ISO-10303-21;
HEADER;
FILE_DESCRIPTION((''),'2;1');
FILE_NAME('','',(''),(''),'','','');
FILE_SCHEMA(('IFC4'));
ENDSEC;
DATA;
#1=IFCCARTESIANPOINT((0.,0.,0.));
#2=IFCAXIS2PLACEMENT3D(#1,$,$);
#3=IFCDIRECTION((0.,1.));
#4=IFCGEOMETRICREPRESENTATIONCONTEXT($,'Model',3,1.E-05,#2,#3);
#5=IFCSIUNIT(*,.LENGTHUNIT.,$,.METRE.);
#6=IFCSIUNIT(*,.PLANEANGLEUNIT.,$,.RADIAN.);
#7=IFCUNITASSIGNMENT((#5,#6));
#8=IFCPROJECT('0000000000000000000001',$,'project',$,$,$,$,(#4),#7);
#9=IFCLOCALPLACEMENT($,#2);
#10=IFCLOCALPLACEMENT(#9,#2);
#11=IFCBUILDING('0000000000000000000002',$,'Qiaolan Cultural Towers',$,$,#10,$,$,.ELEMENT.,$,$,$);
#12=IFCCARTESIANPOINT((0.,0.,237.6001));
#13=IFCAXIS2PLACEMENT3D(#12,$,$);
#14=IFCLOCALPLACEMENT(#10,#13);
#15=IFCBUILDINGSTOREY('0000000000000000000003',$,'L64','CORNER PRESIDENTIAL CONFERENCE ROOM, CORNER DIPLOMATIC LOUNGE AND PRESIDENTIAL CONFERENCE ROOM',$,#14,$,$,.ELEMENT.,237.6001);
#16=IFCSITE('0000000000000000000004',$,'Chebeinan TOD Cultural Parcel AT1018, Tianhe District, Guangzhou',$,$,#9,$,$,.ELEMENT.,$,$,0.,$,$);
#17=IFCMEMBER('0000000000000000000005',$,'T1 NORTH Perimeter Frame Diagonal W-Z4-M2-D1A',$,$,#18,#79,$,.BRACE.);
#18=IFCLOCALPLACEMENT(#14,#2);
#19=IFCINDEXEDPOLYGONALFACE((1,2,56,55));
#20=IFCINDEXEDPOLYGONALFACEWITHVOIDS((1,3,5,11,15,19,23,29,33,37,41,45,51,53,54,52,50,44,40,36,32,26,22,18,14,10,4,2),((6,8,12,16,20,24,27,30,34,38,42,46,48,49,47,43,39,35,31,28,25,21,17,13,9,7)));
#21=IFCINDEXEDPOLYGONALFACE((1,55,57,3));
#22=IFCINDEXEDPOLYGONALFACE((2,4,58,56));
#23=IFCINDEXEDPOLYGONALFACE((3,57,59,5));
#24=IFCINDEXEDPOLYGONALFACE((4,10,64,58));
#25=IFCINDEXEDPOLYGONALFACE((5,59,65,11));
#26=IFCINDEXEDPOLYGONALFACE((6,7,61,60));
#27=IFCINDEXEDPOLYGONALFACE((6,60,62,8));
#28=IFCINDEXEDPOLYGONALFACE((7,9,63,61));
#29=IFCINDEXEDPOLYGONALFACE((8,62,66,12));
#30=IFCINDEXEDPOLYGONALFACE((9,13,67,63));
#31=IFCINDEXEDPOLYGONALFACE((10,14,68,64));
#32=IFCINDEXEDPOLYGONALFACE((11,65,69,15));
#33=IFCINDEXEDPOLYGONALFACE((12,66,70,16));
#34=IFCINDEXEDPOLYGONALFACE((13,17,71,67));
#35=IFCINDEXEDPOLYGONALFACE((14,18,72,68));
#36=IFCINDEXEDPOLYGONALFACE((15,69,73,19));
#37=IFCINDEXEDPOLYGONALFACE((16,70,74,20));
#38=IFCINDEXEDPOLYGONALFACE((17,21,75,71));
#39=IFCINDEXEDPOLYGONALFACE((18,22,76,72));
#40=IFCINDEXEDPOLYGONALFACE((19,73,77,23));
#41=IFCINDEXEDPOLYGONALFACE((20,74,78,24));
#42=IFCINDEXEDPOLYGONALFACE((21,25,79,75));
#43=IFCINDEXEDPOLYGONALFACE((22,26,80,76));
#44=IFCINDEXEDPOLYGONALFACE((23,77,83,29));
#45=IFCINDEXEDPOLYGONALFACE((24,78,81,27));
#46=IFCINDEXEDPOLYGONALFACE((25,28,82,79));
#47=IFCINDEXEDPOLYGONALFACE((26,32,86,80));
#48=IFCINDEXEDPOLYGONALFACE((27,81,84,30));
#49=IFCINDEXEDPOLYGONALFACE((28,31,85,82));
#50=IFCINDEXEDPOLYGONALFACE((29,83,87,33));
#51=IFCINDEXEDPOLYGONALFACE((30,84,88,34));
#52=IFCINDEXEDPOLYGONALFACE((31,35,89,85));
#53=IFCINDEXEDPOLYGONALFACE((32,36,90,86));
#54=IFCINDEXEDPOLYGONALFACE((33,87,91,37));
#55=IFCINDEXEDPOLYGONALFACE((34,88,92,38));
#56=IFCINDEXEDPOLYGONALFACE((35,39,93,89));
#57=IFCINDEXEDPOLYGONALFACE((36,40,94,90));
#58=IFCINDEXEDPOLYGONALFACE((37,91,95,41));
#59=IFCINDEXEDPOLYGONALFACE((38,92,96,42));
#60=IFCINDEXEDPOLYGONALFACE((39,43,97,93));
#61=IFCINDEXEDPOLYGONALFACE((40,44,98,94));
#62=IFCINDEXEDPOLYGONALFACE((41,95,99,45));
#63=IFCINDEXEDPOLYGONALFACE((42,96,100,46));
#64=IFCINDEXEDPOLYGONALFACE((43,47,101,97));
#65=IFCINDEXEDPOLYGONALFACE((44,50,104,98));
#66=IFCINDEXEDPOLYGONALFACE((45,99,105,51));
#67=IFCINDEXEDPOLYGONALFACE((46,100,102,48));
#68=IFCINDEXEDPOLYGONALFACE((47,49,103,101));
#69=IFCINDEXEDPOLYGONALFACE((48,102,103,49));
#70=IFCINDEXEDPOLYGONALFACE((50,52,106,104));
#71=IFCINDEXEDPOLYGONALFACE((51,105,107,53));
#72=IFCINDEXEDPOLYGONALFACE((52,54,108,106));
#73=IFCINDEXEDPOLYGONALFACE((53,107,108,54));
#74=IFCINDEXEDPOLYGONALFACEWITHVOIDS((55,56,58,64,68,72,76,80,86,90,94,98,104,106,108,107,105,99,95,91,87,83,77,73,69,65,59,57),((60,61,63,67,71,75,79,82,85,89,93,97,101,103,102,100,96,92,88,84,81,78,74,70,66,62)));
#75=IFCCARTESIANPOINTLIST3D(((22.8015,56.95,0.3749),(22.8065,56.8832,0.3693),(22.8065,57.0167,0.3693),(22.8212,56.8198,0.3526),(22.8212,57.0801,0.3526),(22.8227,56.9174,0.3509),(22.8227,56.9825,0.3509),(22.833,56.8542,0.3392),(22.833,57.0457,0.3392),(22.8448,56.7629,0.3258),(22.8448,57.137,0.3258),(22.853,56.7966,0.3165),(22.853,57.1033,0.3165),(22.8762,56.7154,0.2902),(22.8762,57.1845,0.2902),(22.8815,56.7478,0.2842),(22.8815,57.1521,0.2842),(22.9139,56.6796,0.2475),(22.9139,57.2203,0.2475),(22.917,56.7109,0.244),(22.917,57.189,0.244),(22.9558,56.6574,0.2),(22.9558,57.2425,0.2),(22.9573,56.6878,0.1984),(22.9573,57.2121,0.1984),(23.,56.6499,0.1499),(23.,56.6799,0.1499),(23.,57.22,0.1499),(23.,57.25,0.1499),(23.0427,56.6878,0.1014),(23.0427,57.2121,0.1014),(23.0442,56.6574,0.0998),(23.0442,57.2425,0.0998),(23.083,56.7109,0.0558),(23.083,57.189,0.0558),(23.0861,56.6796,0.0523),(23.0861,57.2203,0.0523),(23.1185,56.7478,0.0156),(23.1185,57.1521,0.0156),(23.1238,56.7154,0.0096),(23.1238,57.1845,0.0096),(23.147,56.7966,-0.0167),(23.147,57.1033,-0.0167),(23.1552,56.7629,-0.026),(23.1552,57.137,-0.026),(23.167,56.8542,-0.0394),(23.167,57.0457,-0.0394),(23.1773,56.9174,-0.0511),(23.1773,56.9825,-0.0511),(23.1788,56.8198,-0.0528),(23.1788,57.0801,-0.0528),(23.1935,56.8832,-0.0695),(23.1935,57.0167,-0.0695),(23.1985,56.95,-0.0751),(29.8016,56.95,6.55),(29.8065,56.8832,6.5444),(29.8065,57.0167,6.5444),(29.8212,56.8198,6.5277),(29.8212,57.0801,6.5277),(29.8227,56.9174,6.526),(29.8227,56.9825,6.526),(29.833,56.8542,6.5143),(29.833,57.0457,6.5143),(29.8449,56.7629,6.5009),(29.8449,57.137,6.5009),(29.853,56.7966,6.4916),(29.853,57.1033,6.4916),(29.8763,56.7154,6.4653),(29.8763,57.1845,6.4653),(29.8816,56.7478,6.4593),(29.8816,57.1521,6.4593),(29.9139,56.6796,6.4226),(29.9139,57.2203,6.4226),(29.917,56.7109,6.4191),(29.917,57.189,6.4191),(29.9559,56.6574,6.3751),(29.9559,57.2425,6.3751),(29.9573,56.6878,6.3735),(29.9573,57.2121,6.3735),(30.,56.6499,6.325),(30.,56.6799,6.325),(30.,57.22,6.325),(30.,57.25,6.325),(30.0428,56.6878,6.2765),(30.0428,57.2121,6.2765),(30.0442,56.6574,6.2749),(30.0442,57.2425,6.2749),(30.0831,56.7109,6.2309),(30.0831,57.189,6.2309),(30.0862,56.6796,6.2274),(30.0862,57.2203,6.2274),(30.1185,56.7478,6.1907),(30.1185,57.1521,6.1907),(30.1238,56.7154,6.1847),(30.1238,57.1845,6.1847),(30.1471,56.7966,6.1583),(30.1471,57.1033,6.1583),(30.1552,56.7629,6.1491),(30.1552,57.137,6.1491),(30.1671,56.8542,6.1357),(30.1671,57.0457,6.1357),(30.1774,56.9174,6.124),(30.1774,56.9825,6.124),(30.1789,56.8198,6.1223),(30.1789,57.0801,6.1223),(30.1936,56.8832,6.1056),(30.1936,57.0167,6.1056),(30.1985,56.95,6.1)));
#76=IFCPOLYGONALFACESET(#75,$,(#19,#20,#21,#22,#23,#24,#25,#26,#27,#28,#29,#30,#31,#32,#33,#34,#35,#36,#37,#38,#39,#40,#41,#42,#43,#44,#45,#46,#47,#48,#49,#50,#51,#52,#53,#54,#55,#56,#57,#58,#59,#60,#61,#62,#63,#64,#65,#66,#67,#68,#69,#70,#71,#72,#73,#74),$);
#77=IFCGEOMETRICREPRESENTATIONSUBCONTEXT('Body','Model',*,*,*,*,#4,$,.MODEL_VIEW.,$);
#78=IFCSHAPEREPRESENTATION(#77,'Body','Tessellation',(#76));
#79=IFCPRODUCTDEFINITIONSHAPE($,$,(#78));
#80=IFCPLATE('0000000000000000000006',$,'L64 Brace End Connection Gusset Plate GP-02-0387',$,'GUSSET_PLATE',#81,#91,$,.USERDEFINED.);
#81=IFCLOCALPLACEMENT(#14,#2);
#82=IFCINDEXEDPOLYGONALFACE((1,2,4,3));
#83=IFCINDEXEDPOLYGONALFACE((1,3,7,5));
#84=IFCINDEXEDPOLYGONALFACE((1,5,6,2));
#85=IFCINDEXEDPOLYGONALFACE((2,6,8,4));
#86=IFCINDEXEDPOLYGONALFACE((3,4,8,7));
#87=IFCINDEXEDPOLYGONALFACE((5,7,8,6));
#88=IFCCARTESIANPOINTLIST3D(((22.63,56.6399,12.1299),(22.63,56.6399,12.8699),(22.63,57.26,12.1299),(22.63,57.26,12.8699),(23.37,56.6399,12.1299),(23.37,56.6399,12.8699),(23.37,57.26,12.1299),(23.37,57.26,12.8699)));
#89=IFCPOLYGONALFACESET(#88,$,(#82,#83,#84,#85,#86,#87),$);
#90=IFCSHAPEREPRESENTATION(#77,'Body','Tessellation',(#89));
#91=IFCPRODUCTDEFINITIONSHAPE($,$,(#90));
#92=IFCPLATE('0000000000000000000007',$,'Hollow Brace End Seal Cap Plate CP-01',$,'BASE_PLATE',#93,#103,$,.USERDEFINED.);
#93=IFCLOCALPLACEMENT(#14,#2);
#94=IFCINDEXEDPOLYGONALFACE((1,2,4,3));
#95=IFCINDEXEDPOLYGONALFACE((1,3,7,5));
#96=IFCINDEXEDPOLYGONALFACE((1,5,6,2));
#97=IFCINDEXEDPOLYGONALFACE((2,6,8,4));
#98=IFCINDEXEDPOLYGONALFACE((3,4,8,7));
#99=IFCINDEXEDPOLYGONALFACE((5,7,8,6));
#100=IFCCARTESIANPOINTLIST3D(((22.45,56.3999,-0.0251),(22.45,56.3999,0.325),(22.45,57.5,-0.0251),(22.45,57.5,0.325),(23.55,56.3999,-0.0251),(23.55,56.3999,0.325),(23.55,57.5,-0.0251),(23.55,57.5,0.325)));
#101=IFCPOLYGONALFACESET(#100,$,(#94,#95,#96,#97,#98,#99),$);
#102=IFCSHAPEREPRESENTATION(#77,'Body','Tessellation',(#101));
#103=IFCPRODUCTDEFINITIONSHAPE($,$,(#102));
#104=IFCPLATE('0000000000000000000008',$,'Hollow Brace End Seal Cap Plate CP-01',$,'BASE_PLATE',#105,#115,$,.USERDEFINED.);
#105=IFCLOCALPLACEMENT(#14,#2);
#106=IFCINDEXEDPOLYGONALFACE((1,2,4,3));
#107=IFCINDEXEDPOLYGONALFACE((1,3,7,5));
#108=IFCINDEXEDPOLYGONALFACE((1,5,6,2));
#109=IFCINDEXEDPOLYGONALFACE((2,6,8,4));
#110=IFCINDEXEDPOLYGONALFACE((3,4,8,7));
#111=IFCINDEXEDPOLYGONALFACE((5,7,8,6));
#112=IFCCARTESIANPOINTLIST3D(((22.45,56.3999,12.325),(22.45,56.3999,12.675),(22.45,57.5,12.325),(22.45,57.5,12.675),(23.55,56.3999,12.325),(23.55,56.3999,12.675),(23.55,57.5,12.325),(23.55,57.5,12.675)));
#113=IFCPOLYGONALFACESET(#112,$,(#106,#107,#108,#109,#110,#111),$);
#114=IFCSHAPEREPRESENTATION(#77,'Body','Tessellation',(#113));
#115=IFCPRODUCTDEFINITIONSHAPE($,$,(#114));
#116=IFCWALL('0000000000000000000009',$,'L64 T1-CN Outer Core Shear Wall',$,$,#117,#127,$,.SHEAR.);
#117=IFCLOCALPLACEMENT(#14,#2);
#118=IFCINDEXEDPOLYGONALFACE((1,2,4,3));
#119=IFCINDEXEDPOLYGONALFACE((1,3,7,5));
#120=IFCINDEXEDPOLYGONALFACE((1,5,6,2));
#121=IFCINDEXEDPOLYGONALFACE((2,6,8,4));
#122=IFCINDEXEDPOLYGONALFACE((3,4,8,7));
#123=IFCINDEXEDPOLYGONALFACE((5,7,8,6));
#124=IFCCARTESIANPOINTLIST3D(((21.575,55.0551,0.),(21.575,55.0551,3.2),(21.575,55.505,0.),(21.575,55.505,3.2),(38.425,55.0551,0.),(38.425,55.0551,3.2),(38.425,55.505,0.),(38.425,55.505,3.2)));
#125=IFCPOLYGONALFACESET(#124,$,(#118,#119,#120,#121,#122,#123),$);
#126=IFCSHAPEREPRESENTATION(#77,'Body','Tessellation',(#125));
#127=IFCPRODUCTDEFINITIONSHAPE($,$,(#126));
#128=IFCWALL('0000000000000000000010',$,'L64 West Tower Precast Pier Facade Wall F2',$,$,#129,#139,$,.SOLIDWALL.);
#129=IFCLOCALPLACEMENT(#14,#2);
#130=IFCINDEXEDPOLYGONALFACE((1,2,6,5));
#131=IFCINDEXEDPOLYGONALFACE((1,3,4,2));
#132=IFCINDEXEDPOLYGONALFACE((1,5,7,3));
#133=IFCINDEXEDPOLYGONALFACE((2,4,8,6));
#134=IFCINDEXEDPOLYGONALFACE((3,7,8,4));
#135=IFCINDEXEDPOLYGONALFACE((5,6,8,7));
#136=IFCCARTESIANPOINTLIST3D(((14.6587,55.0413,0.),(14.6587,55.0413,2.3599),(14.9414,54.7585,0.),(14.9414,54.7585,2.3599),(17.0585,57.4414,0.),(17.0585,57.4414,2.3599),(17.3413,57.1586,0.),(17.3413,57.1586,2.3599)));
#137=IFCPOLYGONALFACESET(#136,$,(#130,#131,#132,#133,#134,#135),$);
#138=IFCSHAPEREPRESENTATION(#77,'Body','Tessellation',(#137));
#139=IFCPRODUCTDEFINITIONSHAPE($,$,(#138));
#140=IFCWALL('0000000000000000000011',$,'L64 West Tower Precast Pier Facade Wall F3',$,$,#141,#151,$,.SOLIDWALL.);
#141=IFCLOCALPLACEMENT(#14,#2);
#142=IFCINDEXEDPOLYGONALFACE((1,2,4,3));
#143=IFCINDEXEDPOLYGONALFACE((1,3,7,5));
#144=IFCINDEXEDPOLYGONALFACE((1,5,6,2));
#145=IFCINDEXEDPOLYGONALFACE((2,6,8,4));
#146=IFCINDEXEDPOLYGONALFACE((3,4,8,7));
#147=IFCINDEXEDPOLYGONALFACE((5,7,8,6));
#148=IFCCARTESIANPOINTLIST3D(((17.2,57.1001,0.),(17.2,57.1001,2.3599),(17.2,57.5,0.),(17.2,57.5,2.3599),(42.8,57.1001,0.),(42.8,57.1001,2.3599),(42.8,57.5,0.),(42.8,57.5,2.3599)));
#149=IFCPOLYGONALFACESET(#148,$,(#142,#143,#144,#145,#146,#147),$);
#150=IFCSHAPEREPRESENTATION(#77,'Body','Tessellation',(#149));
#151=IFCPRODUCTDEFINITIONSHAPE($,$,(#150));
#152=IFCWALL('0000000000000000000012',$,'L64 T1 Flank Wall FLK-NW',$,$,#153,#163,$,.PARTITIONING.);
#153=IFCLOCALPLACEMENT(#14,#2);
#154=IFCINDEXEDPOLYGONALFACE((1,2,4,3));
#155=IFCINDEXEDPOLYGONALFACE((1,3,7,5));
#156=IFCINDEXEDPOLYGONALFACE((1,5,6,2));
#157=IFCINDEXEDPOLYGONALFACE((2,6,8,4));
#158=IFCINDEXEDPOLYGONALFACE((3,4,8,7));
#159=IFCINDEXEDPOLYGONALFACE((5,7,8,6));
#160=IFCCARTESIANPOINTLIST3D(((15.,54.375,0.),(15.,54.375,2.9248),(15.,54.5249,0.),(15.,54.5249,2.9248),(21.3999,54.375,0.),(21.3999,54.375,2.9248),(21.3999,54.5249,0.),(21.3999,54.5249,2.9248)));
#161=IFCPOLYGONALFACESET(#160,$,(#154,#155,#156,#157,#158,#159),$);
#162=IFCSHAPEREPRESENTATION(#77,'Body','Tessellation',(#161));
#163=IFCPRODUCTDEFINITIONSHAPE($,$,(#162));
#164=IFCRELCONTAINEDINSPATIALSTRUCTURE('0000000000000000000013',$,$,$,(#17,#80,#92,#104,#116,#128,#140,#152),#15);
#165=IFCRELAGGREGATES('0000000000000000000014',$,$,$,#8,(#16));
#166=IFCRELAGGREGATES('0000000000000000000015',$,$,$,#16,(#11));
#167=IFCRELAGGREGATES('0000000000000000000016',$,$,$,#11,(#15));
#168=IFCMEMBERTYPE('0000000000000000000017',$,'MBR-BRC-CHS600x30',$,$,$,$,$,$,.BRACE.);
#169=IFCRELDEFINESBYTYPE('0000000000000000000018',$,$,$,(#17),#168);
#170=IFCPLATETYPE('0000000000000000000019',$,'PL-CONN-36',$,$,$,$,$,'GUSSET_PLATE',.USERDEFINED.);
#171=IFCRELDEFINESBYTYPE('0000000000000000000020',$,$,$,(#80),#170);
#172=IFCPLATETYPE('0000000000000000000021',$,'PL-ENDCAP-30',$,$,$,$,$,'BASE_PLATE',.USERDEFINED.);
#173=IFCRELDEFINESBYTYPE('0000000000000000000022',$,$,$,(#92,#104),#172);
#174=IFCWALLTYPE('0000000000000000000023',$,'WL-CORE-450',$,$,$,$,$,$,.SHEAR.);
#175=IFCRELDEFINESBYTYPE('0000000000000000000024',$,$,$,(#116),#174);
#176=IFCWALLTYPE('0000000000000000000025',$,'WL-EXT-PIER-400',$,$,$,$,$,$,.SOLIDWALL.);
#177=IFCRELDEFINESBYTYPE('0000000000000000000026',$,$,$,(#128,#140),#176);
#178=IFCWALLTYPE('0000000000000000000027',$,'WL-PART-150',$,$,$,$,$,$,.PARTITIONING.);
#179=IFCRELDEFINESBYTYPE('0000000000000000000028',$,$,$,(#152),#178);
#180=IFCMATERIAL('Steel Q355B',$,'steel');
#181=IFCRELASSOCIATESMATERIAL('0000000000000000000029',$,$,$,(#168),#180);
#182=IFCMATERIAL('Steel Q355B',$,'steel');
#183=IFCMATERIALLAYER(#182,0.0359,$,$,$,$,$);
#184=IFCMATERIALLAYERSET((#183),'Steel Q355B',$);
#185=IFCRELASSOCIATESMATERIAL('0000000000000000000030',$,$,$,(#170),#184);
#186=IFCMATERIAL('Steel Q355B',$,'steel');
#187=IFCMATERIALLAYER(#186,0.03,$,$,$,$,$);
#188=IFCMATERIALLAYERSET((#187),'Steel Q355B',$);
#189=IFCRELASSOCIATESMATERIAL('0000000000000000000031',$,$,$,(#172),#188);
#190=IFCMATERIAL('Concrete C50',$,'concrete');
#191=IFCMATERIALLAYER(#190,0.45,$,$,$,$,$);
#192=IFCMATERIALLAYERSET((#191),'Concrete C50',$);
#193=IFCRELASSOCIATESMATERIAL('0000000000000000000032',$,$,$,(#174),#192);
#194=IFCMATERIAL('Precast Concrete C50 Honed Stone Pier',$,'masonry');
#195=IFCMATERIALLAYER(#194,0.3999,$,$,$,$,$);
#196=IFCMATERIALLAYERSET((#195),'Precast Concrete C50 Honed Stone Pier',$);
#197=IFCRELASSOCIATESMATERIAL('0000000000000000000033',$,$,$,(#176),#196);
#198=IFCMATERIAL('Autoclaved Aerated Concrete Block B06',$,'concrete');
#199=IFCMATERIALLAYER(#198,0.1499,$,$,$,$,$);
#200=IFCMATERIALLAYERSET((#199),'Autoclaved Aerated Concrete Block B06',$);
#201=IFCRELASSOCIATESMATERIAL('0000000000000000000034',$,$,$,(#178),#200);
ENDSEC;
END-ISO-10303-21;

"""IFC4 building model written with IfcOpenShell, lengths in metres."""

from ifc_helpers import new_model, si_unit, direction, frame, frame_2d, origin, origin_2d, place, context, subcontext, project, spatial, rectangle, hollow_circle, extrude, material, layer, layer_set, material_profile, profile_set, type_object, element, save


model = new_model("IFC4")

# Units and contexts
model_context = context("Model", 3, precision=1e-05, world=origin(), true_north=direction((0.0, 1.0)))
body_context = subcontext(model_context, "Body", "Model", "MODEL_VIEW")
ifc_project = project(units=[si_unit("LENGTHUNIT", "METRE"), si_unit("PLANEANGLEUNIT", "RADIAN")], contexts=[model_context])

# Site, building, storey
site_placement = place(None, origin())
site = spatial("IfcSite", under=ifc_project, at=site_placement, Name="Chebeinan TOD Cultural Parcel AT1018, Tianhe District, Guangzhou", CompositionType="ELEMENT", RefElevation=0.0)
building_placement = place(site_placement, origin())
building = spatial("IfcBuilding", under=site, at=building_placement, Name="Qiaolan Cultural Towers", CompositionType="ELEMENT")
storey_placement = place(building_placement, frame((0.0, 0.0, 237.6001)))
storey = spatial("IfcBuildingStorey", under=building, at=storey_placement, Name="L64", Description="CORNER PRESIDENTIAL CONFERENCE ROOM, CORNER DIPLOMATIC LOUNGE AND PRESIDENTIAL CONFERENCE ROOM", CompositionType="ELEMENT", Elevation=237.6001)

# Member
ifc_material_1 = material(Name="Steel Q355B", Category="steel")
ifc_material_profile_1 = material_profile(ifc_material_1, hollow_circle(Radius=0.3, WallThickness=0.03, at=origin_2d()), Name="CHS600x30")
ifc_profile_set_1 = profile_set([ifc_material_profile_1], Name="Steel Q355B")
member_type = type_object("IfcMemberType", Name="MBR-BRC-CHS600x30", PredefinedType="BRACE", material=ifc_profile_set_1)
member_placement = place(storey_placement, frame((23.0, 56.95, 0.1499), z_axis=(0.749913, 0.0, 0.661536), x_axis=(0.0, 1.0, 0.0)))
element("IfcMember", 1, at=member_placement, inside=storey, type_object=member_type, Name="T1 NORTH Perimeter Frame Diagonal W-Z4-M2-D1A", PredefinedType="BRACE", context=body_context, shape_type="SweptSolid", body=[
    extrude(hollow_circle(Radius=0.3, WallThickness=0.03, at=origin_2d()), origin(), (0.0, 0.0, 1.0), 9.3345),
])

# Plates
ifc_material_2 = material(Name="Steel Q355B", Category="steel")
ifc_layer_1 = layer(ifc_material_2, 0.0359)
ifc_layer_set_1 = layer_set([ifc_layer_1], Name="Steel Q355B")
plate_type_1 = type_object("IfcPlateType", Name="PL-CONN-36", ElementType="GUSSET_PLATE", PredefinedType="USERDEFINED", material=ifc_layer_set_1)
plate_placement = place(storey_placement, frame((23.0, 56.95, 12.1299), z_axis=(0.0, 0.0, 1.0), x_axis=(1.0, 0.0, 0.0)))
element("IfcPlate", 2, at=plate_placement, inside=storey, type_object=plate_type_1, Name="L64 Brace End Connection Gusset Plate GP-02-0387", ObjectType="GUSSET_PLATE", PredefinedType="USERDEFINED", context=body_context, shape_type="SweptSolid", body=[
    extrude(rectangle(XDim=0.74, YDim=0.6201, at=origin_2d()), origin(), (0.0, 0.0, 1.0), 0.74),
])
ifc_material_3 = material(Name="Steel Q355B", Category="steel")
ifc_layer_2 = layer(ifc_material_3, 0.03)
ifc_layer_set_2 = layer_set([ifc_layer_2], Name="Steel Q355B")
plate_type_2 = type_object("IfcPlateType", Name="PL-ENDCAP-30", ElementType="BASE_PLATE", PredefinedType="USERDEFINED", material=ifc_layer_set_2)
for number, where, z_axis, x_axis, name in (
    (3, (23.0, 56.95, -0.0251), (0.0, 0.0, 1.0), (1.0, 0.0, 0.0), "Hollow Brace End Seal Cap Plate CP-01"),
    (4, (23.0, 56.95, 12.325), (0.0, 0.0, 1.0), (1.0, 0.0, 0.0), "Hollow Brace End Seal Cap Plate CP-01"),
):
    element("IfcPlate", number, at=place(storey_placement, frame(where, z_axis=z_axis, x_axis=x_axis)), inside=storey, type_object=plate_type_2, Name=name, ObjectType="BASE_PLATE", PredefinedType="USERDEFINED", context=body_context, shape_type="SweptSolid", body=[
        extrude(rectangle(XDim=1.1001, YDim=1.1001, at=origin_2d()), origin(), (0.0, 0.0, 1.0), 0.3501),
    ])

# Walls
ifc_material_4 = material(Name="Concrete C50", Category="concrete")
ifc_layer_3 = layer(ifc_material_4, 0.45)
ifc_layer_set_3 = layer_set([ifc_layer_3], Name="Concrete C50")
wall_type_1 = type_object("IfcWallType", Name="WL-CORE-450", PredefinedType="SHEAR", material=ifc_layer_set_3)
wall_1_placement = place(storey_placement, frame((21.575, 55.28, 0.0), z_axis=(0.0, 0.0, 1.0), x_axis=(1.0, 0.0, 0.0)))
element("IfcWall", 5, at=wall_1_placement, inside=storey, type_object=wall_type_1, Name="L64 T1-CN Outer Core Shear Wall", PredefinedType="SHEAR", context=body_context, shape_type="SweptSolid", body=[
    extrude(rectangle(XDim=16.8501, YDim=0.45, at=frame_2d((8.425, 0.0))), origin(), (0.0, 0.0, 1.0), 3.2),
])
ifc_material_5 = material(Name="Precast Concrete C50 Honed Stone Pier", Category="masonry")
ifc_layer_4 = layer(ifc_material_5, 0.3999)
ifc_layer_set_4 = layer_set([ifc_layer_4], Name="Precast Concrete C50 Honed Stone Pier")
wall_type_2 = type_object("IfcWallType", Name="WL-EXT-PIER-400", PredefinedType="SOLIDWALL", material=ifc_layer_set_4)
wall_2_placement = place(storey_placement, frame((14.8, 54.8999, 0.0), z_axis=(0.0, 0.0, 1.0), x_axis=(0.707071, 0.707143, 0.0)))
element("IfcWall", 6, at=wall_2_placement, inside=storey, type_object=wall_type_2, Name="L64 West Tower Precast Pier Facade Wall F2", PredefinedType="SOLIDWALL", context=body_context, shape_type="SweptSolid", body=[
    extrude(rectangle(XDim=3.394, YDim=0.3999, at=frame_2d((1.697, 0.0))), origin(), (0.0, 0.0, 1.0), 2.3599),
])
wall_3_placement = place(storey_placement, frame((17.2, 57.3, 0.0), z_axis=(0.0, 0.0, 1.0), x_axis=(1.0, 0.0, 0.0)))
element("IfcWall", 7, at=wall_3_placement, inside=storey, type_object=wall_type_2, Name="L64 West Tower Precast Pier Facade Wall F3", PredefinedType="SOLIDWALL", context=body_context, shape_type="SweptSolid", body=[
    extrude(rectangle(XDim=25.6001, YDim=0.3999, at=frame_2d((12.8, 0.0))), origin(), (0.0, 0.0, 1.0), 2.3599),
])
ifc_material_6 = material(Name="Autoclaved Aerated Concrete Block B06", Category="concrete")
ifc_layer_5 = layer(ifc_material_6, 0.1499)
ifc_layer_set_5 = layer_set([ifc_layer_5], Name="Autoclaved Aerated Concrete Block B06")
wall_type_3 = type_object("IfcWallType", Name="WL-PART-150", PredefinedType="PARTITIONING", material=ifc_layer_set_5)
wall_4_placement = place(storey_placement, frame((15.0, 54.45, 0.0), z_axis=(0.0, 0.0, 1.0), x_axis=(1.0, 0.0, 0.0)))
element("IfcWall", 8, at=wall_4_placement, inside=storey, type_object=wall_type_3, Name="L64 T1 Flank Wall FLK-NW", PredefinedType="PARTITIONING", context=body_context, shape_type="SweptSolid", body=[
    extrude(rectangle(XDim=6.3999, YDim=0.1499, at=frame_2d((3.2, 0.0))), origin(), (0.0, 0.0, 1.0), 2.9248),
])

save(model, "model.ifc")
